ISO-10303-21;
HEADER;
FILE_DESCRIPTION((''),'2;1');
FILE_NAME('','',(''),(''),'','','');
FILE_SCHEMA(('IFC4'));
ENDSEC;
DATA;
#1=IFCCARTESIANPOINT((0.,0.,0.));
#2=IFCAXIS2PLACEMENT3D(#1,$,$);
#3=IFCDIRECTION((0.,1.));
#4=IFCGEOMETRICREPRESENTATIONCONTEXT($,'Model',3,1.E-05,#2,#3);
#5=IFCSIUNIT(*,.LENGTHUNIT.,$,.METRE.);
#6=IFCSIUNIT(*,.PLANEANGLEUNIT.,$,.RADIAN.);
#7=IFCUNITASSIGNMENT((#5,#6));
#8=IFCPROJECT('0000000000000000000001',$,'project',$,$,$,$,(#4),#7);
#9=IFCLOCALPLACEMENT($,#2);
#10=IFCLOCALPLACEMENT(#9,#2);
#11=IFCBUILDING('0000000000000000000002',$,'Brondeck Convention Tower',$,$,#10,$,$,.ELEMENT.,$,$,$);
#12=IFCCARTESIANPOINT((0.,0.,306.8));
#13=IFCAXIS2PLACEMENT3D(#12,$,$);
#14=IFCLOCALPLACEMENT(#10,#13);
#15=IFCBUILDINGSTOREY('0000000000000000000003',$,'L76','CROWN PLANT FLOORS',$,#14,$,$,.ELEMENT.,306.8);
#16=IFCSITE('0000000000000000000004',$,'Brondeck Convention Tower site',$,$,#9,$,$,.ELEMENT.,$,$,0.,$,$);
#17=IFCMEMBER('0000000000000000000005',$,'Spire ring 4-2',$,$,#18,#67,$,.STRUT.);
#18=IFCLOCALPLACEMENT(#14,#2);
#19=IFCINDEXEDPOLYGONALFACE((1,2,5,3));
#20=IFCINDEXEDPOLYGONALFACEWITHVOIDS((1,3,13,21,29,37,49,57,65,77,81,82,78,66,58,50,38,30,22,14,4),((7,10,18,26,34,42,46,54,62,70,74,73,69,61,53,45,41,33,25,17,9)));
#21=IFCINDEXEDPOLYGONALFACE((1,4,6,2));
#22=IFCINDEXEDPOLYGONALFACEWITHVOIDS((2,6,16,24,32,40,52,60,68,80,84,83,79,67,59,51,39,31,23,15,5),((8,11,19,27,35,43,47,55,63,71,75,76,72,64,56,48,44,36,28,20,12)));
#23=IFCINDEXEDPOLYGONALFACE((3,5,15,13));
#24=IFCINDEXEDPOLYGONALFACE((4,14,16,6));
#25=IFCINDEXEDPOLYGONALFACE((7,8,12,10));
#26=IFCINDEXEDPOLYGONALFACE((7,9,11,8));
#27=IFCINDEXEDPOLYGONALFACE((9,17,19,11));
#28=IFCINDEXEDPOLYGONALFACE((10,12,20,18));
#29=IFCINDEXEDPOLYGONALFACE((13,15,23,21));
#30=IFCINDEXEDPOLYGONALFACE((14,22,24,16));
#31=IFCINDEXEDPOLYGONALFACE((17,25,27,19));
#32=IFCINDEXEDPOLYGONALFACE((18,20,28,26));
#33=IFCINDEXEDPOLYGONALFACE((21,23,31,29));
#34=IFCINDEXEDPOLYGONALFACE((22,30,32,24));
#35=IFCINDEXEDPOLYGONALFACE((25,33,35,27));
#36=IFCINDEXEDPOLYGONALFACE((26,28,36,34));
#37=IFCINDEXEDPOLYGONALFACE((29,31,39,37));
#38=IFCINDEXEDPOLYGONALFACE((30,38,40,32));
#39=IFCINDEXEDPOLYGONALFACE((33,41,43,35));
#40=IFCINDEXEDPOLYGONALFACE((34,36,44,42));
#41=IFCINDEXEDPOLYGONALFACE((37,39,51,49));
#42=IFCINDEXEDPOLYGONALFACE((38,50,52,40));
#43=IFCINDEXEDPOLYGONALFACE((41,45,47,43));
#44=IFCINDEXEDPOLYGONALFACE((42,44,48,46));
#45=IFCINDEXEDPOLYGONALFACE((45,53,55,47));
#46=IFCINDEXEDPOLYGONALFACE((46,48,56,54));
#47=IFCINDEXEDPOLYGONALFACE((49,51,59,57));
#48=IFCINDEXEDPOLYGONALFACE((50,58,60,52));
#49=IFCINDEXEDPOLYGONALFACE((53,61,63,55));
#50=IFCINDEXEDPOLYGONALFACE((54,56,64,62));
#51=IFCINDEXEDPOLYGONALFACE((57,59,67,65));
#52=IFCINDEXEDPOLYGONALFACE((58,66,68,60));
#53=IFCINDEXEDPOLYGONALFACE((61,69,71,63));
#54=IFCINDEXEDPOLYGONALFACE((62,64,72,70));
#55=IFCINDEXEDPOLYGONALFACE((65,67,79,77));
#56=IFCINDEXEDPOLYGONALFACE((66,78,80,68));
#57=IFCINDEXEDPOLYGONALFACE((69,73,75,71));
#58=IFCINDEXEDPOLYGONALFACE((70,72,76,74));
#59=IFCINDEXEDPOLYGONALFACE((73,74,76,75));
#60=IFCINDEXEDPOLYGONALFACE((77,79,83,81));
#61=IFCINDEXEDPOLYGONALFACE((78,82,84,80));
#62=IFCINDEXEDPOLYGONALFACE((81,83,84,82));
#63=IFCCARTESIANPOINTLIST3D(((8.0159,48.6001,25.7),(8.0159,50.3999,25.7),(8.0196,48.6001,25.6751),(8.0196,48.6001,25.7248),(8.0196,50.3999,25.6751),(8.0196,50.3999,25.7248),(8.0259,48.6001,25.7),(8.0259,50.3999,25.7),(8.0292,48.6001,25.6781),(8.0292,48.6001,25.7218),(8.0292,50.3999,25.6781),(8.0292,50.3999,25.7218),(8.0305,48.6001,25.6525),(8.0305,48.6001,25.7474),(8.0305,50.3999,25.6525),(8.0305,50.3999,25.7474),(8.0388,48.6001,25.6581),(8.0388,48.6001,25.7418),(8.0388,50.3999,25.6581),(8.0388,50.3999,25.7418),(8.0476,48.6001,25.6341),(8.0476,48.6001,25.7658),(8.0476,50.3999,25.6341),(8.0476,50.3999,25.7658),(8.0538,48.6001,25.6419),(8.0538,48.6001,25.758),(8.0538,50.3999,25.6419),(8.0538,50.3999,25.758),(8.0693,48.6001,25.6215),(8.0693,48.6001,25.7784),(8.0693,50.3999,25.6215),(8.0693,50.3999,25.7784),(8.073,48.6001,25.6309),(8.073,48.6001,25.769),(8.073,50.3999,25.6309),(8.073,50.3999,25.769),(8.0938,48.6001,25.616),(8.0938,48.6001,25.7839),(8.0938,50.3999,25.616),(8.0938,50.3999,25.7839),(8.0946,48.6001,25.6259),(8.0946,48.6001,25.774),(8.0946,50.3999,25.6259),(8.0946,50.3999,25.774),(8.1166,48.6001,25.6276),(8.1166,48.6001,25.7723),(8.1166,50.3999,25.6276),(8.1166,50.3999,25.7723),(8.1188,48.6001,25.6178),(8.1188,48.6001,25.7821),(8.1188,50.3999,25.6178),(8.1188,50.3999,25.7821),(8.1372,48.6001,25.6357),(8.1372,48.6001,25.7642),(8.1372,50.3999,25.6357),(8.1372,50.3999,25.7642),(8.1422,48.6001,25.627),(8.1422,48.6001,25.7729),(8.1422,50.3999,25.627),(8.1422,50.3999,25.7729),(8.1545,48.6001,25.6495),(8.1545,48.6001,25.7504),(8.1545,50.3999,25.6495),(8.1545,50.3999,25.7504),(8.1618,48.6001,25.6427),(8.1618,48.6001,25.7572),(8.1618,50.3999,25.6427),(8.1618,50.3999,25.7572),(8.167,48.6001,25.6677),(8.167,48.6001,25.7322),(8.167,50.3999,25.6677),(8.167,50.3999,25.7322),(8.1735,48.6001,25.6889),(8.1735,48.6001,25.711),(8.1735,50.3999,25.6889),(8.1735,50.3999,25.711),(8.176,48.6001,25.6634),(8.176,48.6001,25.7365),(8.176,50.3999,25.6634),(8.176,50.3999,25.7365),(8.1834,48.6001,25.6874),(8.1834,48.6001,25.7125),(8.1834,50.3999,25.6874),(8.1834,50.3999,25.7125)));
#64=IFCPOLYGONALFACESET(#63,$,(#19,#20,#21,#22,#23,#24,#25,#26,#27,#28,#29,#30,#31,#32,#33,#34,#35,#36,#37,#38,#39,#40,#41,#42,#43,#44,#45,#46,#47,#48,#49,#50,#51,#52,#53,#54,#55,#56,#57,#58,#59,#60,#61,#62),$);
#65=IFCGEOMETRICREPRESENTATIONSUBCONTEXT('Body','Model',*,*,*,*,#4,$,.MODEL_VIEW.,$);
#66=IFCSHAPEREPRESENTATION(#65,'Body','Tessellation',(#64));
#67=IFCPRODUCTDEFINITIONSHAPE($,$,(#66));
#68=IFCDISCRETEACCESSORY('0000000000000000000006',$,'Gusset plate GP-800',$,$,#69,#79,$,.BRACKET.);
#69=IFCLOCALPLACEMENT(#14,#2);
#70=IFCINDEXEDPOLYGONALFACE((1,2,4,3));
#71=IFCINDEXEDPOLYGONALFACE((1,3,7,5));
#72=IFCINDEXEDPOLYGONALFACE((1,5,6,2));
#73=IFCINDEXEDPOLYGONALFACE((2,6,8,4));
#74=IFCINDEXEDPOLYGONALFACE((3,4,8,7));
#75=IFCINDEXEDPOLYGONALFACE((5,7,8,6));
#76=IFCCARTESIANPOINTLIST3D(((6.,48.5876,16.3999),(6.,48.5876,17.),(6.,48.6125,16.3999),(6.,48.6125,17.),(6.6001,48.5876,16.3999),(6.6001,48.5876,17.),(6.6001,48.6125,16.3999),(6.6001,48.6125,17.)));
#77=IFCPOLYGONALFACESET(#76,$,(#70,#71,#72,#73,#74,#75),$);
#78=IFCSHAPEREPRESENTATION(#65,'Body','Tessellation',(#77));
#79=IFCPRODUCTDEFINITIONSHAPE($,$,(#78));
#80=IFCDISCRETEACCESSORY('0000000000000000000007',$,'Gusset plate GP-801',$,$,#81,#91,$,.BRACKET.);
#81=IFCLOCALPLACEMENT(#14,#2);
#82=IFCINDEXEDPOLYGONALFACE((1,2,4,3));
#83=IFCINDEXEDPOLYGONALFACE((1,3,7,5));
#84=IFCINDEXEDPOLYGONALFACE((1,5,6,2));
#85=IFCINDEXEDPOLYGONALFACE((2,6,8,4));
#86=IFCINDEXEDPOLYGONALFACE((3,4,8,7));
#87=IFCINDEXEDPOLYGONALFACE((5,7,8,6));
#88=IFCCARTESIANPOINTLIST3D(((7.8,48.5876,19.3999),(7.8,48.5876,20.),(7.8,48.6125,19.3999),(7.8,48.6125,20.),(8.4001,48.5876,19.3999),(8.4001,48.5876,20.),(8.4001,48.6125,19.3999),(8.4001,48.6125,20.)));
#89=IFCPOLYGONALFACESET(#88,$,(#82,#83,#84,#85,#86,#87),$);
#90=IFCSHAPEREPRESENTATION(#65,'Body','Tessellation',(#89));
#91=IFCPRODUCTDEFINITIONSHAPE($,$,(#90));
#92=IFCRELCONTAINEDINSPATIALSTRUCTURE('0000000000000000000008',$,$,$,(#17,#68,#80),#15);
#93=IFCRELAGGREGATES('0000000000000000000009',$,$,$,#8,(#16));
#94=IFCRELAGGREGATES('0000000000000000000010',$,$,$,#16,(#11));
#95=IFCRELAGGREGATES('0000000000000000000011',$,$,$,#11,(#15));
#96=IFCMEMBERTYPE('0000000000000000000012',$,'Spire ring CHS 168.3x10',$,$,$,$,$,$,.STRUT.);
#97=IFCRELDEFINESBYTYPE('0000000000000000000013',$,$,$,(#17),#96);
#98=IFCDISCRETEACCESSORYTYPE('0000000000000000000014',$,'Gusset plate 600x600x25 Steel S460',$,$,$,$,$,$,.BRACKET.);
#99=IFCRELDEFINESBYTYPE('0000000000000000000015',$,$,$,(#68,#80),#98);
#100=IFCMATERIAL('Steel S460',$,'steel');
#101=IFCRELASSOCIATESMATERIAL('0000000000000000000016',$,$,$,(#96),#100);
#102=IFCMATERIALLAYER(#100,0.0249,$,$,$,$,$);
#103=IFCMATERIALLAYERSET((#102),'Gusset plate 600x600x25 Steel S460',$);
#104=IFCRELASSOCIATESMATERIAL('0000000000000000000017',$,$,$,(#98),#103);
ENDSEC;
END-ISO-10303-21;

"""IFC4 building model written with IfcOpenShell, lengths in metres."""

from ifc_helpers import new_model, si_unit, direction, frame, origin, origin_2d, place, context, subcontext, project, spatial, rectangle, hollow_circle, extrude, material, layer, layer_set, material_profile, profile_set, type_object, element, save


model = new_model("IFC4")

# Units and contexts
model_context = context("Model", 3, precision=1e-05, world=origin(), true_north=direction((0.0, 1.0)))
body_context = subcontext(model_context, "Body", "Model", "MODEL_VIEW")
ifc_project = project(units=[si_unit("LENGTHUNIT", "METRE"), si_unit("PLANEANGLEUNIT", "RADIAN")], contexts=[model_context])

# Site, building, storey
site_placement = place(None, origin())
site = spatial("IfcSite", under=ifc_project, at=site_placement, Name="Brondeck Convention Tower site", CompositionType="ELEMENT", RefElevation=0.0)
building_placement = place(site_placement, origin())
building = spatial("IfcBuilding", under=site, at=building_placement, Name="Brondeck Convention Tower", CompositionType="ELEMENT")
storey_placement = place(building_placement, frame((0.0, 0.0, 306.8)))
storey = spatial("IfcBuildingStorey", under=building, at=storey_placement, Name="L76", Description="CROWN PLANT FLOORS", CompositionType="ELEMENT", Elevation=306.8)

# Member
ifc_material_1 = material(Name="Steel S460", Category="steel")
ifc_material_profile_1 = material_profile(ifc_material_1, hollow_circle(Radius=0.0842, WallThickness=0.01, at=origin_2d()), Name="CHS 168.3x10")
ifc_profile_set_1 = profile_set([ifc_material_profile_1], Name="Steel S460")
member_type_1 = type_object("IfcMemberType", Name="Spire ring CHS 168.3x10", PredefinedType="STRUT", material=ifc_profile_set_1)
member_1_placement = place(storey_placement, frame((8.1001, 48.6001, 25.7), z_axis=(0.0, 1.0, 0.0), x_axis=(-1.0, 0.0, 0.0)))
element("IfcMember", 1, at=member_1_placement, inside=storey, type_object=member_type_1, Name="Spire ring 4-2", PredefinedType="STRUT", context=body_context, shape_type="SweptSolid", body=[
    extrude(hollow_circle(Radius=0.0842, WallThickness=0.01, at=origin_2d()), origin(), (0.0, 0.0, 1.0), 1.7998),
])

# Discrete accessories
ifc_layer = layer(ifc_material_1, 0.0249)
ifc_layer_set = layer_set([ifc_layer], Name="Gusset plate 600x600x25 Steel S460")
discrete_accessory_type = type_object("IfcDiscreteAccessoryType", Name="Gusset plate 600x600x25 Steel S460", PredefinedType="BRACKET", material=ifc_layer_set)
for number, where, z_axis, x_axis, name in (
    (2, (6.3, 48.6001, 16.3999), (0.0, 0.0, 1.0), (1.0, 0.0, 0.0), "Gusset plate GP-800"),
    (3, (8.1001, 48.6001, 19.3999), (0.0, 0.0, 1.0), (1.0, 0.0, 0.0), "Gusset plate GP-801"),
):
    element("IfcDiscreteAccessory", number, at=place(storey_placement, frame(where, z_axis=z_axis, x_axis=x_axis)), inside=storey, type_object=discrete_accessory_type, Name=name, PredefinedType="BRACKET", context=body_context, shape_type="SweptSolid", body=[
        extrude(rectangle(XDim=0.6001, YDim=0.0249, at=origin_2d()), origin(), (0.0, 0.0, 1.0), 0.6001),
    ])

save(model, "model.ifc")
